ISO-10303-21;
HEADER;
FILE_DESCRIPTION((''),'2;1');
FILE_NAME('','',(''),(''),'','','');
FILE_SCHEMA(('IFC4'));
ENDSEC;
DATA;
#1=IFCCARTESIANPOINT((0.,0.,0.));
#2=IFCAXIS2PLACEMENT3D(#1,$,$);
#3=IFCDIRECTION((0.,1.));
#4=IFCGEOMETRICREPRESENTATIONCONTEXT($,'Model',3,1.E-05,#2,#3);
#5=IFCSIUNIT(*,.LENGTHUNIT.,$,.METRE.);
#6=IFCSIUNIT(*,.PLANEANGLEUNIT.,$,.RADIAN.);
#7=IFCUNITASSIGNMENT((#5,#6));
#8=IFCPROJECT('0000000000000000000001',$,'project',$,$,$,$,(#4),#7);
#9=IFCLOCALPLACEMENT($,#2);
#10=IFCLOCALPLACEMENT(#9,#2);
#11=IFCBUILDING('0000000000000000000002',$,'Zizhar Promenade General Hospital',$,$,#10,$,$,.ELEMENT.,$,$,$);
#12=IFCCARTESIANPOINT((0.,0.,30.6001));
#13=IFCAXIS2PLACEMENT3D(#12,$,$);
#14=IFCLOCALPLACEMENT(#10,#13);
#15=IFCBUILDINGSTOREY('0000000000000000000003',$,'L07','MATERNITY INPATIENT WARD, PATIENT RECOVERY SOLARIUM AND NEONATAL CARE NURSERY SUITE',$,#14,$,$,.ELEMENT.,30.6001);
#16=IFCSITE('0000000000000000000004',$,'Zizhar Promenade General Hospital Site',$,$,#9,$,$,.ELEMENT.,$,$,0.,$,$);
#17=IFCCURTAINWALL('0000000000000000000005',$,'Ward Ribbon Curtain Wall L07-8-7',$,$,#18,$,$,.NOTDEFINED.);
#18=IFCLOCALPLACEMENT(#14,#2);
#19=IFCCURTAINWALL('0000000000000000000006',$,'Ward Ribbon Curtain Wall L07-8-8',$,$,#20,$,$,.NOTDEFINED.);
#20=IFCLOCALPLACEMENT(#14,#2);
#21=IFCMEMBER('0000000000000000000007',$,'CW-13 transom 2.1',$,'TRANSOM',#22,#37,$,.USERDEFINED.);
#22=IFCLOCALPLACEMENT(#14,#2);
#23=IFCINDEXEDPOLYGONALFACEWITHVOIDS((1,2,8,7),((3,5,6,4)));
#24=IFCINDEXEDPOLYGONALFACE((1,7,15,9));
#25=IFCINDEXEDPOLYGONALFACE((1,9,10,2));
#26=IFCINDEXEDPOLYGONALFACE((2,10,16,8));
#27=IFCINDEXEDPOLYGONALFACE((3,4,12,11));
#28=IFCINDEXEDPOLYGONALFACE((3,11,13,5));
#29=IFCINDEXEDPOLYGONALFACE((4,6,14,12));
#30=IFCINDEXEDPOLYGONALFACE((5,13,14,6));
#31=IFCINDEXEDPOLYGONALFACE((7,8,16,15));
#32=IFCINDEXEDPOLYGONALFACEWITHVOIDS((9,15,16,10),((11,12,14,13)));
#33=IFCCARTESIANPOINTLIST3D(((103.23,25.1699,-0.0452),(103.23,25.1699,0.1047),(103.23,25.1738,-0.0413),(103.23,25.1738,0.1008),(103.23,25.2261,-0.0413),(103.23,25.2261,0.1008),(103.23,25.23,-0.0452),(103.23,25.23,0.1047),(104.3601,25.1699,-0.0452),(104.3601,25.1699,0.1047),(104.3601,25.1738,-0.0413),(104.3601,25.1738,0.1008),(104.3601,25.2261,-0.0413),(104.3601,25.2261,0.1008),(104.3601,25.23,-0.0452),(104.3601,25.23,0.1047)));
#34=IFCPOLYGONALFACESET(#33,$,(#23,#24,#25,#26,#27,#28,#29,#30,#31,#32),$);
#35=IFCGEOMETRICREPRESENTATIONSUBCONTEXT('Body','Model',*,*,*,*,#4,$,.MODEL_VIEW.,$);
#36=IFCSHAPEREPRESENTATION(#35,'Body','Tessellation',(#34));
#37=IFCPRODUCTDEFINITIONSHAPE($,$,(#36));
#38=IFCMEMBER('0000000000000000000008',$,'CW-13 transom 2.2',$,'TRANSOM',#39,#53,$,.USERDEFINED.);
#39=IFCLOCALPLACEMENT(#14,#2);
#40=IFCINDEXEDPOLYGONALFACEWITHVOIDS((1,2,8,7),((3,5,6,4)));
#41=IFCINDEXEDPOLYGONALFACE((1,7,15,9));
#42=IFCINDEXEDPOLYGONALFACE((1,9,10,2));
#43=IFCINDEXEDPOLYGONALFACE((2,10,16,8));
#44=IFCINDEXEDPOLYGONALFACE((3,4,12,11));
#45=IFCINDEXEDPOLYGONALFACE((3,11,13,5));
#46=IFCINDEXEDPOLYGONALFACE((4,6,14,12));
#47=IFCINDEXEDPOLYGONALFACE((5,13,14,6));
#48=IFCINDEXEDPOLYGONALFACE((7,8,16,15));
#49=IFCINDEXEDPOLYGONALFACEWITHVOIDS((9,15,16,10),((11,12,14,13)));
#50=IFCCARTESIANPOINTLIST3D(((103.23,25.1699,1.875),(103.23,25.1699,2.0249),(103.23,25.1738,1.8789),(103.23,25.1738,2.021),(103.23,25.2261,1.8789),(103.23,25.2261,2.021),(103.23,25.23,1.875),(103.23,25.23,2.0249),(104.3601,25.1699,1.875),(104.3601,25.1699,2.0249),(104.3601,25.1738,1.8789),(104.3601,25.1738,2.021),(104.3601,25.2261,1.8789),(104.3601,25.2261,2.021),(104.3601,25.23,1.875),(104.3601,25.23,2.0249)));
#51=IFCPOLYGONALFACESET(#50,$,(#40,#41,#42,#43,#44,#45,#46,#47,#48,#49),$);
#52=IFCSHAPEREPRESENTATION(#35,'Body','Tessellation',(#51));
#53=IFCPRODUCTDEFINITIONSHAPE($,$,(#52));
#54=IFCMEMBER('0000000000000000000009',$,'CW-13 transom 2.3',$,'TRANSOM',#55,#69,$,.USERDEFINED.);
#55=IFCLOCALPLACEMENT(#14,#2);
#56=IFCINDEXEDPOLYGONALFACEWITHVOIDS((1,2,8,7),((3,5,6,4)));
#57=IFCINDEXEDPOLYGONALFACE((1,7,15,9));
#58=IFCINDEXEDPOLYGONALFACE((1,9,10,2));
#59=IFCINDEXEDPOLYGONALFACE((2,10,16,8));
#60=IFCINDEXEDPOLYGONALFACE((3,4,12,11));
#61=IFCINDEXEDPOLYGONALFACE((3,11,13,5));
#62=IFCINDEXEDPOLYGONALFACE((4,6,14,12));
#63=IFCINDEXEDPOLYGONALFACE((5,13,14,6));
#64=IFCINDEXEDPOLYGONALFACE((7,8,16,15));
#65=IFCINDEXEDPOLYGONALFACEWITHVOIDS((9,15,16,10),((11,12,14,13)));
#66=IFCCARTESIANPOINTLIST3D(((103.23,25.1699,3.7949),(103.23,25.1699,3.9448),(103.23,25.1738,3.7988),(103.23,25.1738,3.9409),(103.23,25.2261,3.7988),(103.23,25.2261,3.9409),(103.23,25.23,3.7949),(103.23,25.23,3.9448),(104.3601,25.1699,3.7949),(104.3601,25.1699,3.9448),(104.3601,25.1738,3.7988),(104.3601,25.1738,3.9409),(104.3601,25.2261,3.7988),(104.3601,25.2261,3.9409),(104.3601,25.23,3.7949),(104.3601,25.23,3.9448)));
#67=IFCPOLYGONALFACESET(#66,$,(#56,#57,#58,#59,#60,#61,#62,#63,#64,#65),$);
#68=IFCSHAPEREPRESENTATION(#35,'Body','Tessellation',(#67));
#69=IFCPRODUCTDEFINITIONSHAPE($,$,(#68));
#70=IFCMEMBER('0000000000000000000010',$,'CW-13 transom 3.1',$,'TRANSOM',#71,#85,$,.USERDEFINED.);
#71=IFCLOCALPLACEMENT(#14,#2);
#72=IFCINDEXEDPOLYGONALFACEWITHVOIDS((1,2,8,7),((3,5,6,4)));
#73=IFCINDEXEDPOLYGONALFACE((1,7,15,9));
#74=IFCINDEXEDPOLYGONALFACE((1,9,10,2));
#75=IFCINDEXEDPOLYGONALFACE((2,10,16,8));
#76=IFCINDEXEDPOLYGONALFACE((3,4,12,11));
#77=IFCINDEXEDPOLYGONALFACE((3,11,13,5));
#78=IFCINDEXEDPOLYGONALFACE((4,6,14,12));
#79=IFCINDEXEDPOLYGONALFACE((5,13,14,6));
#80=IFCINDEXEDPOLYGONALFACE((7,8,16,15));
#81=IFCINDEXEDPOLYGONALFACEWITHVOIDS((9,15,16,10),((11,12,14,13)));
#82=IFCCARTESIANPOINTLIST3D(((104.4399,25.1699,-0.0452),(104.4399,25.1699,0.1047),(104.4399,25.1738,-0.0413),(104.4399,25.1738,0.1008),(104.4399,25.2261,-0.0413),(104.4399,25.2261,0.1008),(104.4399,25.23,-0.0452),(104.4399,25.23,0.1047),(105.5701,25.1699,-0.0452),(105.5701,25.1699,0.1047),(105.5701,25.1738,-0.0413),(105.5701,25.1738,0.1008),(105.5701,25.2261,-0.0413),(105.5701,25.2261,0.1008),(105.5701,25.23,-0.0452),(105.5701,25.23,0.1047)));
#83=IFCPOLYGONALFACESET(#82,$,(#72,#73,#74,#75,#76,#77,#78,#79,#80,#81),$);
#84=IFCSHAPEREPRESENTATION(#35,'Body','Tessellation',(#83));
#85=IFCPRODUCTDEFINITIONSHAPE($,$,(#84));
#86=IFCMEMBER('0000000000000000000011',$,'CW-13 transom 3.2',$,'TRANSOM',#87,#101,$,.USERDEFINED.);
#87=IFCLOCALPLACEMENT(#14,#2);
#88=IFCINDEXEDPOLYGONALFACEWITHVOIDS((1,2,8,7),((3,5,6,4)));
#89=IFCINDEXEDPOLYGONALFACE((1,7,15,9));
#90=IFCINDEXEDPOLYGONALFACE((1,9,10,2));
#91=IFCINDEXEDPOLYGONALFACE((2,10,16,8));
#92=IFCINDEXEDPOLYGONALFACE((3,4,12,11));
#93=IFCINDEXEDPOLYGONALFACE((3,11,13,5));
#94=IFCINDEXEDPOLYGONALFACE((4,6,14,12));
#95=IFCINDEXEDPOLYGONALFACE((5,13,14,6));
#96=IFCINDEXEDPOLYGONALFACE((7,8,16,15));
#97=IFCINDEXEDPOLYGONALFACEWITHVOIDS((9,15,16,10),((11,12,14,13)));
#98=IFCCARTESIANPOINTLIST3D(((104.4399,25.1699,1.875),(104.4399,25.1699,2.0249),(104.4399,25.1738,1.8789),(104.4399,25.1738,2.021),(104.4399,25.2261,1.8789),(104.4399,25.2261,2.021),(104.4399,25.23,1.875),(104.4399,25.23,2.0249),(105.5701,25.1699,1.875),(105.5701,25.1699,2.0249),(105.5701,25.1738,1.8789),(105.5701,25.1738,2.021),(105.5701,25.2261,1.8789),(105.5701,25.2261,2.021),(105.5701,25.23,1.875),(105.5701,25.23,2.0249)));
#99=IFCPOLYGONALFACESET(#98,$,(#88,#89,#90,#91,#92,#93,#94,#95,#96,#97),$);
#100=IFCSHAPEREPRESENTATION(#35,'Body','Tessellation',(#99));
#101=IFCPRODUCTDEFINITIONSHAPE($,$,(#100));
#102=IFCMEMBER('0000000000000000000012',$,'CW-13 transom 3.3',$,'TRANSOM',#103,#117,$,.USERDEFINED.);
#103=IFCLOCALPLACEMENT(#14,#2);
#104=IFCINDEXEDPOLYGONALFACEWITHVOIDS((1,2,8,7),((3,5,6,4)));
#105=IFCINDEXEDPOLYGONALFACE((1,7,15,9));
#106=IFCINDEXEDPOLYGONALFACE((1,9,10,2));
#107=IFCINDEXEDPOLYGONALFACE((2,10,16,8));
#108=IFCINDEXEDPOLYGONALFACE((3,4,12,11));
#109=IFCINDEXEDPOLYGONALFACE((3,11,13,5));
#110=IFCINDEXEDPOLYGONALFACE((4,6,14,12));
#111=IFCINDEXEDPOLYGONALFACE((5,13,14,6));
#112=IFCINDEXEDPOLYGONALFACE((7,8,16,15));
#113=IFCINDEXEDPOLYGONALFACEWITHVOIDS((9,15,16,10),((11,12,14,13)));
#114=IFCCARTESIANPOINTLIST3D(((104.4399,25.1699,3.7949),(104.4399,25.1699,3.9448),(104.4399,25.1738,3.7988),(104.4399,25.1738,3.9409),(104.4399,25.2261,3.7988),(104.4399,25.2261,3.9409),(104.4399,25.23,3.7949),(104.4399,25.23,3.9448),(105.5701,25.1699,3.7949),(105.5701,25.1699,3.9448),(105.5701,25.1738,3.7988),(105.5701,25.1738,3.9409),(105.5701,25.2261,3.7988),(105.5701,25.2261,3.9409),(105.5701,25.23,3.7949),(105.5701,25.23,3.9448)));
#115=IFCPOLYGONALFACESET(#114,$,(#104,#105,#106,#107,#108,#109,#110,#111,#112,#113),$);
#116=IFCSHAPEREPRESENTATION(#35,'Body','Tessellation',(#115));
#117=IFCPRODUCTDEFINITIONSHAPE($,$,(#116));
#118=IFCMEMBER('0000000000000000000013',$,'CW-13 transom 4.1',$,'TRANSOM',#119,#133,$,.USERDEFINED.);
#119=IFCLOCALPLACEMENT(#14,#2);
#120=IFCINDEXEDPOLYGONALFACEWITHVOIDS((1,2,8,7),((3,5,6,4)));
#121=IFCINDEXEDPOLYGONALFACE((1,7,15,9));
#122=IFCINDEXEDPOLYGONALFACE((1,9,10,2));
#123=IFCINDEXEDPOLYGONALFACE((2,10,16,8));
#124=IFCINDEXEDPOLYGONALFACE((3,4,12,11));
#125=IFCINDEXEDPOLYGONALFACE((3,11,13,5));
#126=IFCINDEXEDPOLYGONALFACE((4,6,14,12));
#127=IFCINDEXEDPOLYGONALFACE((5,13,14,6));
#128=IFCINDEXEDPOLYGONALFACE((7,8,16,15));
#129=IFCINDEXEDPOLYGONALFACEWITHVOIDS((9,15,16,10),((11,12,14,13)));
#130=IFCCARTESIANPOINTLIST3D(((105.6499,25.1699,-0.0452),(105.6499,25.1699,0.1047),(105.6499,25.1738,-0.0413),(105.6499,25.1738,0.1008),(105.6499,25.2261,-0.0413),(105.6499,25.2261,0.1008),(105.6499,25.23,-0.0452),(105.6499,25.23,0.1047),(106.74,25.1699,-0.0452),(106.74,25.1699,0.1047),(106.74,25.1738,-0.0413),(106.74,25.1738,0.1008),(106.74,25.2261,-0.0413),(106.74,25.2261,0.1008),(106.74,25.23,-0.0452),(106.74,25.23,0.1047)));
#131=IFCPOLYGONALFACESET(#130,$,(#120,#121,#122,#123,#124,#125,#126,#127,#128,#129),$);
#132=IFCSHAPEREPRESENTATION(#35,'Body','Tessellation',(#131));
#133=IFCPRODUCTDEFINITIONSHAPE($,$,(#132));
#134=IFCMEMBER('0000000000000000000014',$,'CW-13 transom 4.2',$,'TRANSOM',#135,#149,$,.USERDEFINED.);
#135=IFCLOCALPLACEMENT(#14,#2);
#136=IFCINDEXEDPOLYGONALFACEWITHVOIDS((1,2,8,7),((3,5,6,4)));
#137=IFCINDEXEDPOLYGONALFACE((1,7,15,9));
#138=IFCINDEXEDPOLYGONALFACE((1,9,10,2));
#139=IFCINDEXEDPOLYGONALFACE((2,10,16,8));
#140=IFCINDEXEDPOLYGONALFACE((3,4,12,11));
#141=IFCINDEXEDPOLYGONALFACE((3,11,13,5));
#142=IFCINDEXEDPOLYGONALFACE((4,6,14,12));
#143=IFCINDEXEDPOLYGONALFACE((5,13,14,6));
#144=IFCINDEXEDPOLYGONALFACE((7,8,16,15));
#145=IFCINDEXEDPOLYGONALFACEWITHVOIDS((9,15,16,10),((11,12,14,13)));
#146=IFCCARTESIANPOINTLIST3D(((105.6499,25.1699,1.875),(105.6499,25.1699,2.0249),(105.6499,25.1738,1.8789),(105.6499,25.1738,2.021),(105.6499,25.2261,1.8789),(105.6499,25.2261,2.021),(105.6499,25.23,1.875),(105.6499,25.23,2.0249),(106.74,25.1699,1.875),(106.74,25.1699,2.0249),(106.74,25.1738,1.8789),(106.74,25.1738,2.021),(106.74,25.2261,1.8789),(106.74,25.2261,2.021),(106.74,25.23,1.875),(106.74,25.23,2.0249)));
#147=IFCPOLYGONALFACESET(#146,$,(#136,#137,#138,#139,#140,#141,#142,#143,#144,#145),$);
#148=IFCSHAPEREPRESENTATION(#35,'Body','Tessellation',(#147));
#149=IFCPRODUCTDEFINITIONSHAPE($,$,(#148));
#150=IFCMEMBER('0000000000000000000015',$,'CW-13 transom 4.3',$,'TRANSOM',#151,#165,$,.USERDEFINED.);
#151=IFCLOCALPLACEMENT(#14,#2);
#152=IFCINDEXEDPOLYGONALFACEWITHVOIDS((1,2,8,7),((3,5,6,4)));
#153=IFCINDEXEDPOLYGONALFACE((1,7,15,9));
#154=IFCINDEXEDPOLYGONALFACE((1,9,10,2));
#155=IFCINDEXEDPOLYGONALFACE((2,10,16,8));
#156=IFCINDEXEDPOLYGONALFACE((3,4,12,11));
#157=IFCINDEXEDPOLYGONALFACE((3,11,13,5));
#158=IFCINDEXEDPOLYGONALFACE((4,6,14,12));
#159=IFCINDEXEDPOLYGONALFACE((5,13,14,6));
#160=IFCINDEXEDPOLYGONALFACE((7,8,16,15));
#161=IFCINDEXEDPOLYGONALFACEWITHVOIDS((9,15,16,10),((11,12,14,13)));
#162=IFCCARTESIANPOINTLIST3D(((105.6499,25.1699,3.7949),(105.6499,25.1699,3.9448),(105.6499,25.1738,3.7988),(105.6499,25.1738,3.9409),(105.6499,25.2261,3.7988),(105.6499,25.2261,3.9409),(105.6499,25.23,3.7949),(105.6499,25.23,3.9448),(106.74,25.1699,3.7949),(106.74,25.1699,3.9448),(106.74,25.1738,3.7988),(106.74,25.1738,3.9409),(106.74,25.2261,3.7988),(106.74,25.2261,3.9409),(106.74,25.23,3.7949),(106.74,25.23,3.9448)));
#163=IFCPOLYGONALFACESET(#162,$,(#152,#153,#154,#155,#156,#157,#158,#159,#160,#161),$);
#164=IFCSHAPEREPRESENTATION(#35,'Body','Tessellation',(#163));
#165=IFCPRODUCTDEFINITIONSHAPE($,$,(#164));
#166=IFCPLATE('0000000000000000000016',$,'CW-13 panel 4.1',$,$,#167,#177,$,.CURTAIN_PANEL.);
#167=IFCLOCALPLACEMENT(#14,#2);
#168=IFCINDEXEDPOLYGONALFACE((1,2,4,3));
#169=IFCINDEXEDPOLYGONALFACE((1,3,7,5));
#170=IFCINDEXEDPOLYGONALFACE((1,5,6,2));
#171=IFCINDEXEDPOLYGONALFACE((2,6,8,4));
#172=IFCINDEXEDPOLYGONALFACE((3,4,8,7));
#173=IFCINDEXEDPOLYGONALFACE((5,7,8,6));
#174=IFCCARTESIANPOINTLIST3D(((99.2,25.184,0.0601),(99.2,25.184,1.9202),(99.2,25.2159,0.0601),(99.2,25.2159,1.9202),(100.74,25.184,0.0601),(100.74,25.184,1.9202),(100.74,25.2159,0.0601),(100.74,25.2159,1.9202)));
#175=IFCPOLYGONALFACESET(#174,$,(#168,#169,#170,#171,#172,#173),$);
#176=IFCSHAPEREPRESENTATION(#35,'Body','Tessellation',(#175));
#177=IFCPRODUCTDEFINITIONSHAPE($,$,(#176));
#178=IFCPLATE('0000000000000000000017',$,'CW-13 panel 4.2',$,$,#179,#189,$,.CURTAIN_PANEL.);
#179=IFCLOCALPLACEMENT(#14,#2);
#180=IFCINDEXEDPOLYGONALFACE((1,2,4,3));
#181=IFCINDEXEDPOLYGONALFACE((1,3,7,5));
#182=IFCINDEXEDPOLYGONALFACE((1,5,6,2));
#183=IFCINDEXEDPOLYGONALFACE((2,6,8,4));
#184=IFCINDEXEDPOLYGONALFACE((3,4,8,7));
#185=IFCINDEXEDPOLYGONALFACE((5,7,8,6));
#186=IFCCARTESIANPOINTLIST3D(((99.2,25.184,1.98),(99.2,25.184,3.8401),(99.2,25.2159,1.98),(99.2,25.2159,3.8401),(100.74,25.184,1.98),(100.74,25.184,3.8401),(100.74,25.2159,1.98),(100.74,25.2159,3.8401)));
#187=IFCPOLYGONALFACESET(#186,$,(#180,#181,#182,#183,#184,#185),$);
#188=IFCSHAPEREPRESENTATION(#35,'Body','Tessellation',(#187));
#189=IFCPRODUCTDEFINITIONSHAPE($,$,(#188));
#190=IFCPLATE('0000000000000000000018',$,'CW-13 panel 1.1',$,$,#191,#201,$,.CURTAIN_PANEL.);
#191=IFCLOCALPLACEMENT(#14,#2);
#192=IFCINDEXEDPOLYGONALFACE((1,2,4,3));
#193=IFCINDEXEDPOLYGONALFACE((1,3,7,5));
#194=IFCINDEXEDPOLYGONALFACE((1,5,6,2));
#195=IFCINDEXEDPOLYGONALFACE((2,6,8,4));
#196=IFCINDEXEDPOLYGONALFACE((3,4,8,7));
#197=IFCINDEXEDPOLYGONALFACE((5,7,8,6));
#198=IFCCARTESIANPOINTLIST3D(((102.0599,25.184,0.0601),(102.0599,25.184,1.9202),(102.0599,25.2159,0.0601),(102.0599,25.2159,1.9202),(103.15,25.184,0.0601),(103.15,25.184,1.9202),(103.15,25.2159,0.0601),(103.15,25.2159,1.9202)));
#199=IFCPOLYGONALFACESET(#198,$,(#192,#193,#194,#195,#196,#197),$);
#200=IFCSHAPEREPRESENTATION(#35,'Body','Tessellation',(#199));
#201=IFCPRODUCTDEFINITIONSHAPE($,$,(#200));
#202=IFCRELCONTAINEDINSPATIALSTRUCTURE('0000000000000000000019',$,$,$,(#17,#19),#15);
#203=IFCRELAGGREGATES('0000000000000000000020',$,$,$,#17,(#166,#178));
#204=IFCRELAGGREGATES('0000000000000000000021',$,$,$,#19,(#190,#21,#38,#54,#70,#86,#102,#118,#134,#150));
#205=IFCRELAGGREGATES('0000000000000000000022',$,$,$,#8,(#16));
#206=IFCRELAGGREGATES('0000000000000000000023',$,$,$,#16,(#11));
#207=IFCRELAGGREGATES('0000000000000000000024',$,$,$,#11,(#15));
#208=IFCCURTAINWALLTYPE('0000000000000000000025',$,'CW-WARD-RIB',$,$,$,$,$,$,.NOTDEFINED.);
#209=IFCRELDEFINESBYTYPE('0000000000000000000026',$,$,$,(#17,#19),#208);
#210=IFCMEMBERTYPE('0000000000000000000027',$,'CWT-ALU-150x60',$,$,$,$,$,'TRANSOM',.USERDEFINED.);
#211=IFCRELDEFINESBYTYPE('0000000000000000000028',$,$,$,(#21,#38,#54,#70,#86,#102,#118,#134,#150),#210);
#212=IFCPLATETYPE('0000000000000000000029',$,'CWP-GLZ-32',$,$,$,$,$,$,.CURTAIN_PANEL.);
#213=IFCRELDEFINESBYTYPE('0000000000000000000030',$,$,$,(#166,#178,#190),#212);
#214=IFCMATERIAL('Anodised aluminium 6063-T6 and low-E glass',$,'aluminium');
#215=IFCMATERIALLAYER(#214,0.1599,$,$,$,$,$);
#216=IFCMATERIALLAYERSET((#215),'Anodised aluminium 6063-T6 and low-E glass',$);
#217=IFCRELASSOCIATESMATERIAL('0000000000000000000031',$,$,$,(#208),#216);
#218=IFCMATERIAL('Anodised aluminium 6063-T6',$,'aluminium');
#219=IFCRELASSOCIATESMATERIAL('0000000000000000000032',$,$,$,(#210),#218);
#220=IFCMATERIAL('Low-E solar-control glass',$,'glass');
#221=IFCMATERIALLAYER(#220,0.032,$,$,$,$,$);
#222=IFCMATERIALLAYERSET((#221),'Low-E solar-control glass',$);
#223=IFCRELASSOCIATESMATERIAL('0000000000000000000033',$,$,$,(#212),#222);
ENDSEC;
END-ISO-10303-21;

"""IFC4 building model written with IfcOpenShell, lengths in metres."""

from ifc_helpers import new_model, si_unit, direction, frame, origin, origin_2d, place, context, subcontext, project, spatial, rectangle, hollow_rectangle, extrude, material, layer, layer_set, material_profile, profile_set, type_object, element, aggregate, save


model = new_model("IFC4")

# Units and contexts
model_context = context("Model", 3, precision=1e-05, world=origin(), true_north=direction((0.0, 1.0)))
body_context = subcontext(model_context, "Body", "Model", "MODEL_VIEW")
ifc_project = project(units=[si_unit("LENGTHUNIT", "METRE"), si_unit("PLANEANGLEUNIT", "RADIAN")], contexts=[model_context])

# Site, building, storey
site_placement = place(None, origin())
site = spatial("IfcSite", under=ifc_project, at=site_placement, Name="Zizhar Promenade General Hospital Site", CompositionType="ELEMENT", RefElevation=0.0)
building_placement = place(site_placement, origin())
building = spatial("IfcBuilding", under=site, at=building_placement, Name="Zizhar Promenade General Hospital", CompositionType="ELEMENT")
storey_placement = place(building_placement, frame((0.0, 0.0, 30.6001)))
storey = spatial("IfcBuildingStorey", under=building, at=storey_placement, Name="L07", Description="MATERNITY INPATIENT WARD, PATIENT RECOVERY SOLARIUM AND NEONATAL CARE NURSERY SUITE", CompositionType="ELEMENT", Elevation=30.6001)

# Curtain wall
ifc_material_1 = material(Name="Anodised aluminium 6063-T6 and low-E glass", Category="aluminium")
ifc_layer_1 = layer(ifc_material_1, 0.1599)
ifc_layer_set_1 = layer_set([ifc_layer_1], Name="Anodised aluminium 6063-T6 and low-E glass")
curtain_wall_type = type_object("IfcCurtainWallType", Name="CW-WARD-RIB", PredefinedType="NOTDEFINED", material=ifc_layer_set_1)
curtain_wall_1_placement = place(storey_placement, origin())
curtain_wall_1 = element("IfcCurtainWall", 1, at=curtain_wall_1_placement, inside=storey, type_object=curtain_wall_type, Name="Ward Ribbon Curtain Wall L07-8-7", PredefinedType="NOTDEFINED")

# Curtain wall
curtain_wall_2_placement = place(storey_placement, origin())
curtain_wall_2 = element("IfcCurtainWall", 2, at=curtain_wall_2_placement, inside=storey, type_object=curtain_wall_type, Name="Ward Ribbon Curtain Wall L07-8-8", PredefinedType="NOTDEFINED")

# Members
ifc_material_2 = material(Name="Anodised aluminium 6063-T6", Category="aluminium")
ifc_material_profile_1 = material_profile(ifc_material_2, hollow_rectangle(XDim=0.0601, YDim=0.1499, WallThickness=0.0039, at=origin_2d()))
ifc_profile_set_1 = profile_set([ifc_material_profile_1], Name="Anodised aluminium 6063-T6")
member_type_1 = type_object("IfcMemberType", Name="CWT-ALU-150x60", ElementType="TRANSOM", PredefinedType="USERDEFINED", material=ifc_profile_set_1)
member_1_placement = place(storey_placement, frame((103.23, 25.2, 0.0298), z_axis=(1.0, 0.0, 0.0), x_axis=(0.0, 1.0, 0.0)))
member_1 = element("IfcMember", 3, at=member_1_placement, type_object=member_type_1, Name="CW-13 transom 2.1", ObjectType="TRANSOM", PredefinedType="USERDEFINED", context=body_context, shape_type="SweptSolid", body=[
    extrude(hollow_rectangle(XDim=0.0601, YDim=0.1499, WallThickness=0.0039, at=origin_2d()), origin(), (0.0, 0.0, 1.0), 1.1301),
])
member_2_placement = place(storey_placement, frame((103.23, 25.2, 1.95), z_axis=(1.0, 0.0, 0.0), x_axis=(0.0, 1.0, 0.0)))
member_2 = element("IfcMember", 4, at=member_2_placement, type_object=member_type_1, Name="CW-13 transom 2.2", ObjectType="TRANSOM", PredefinedType="USERDEFINED", context=body_context, shape_type="SweptSolid", body=[
    extrude(hollow_rectangle(XDim=0.0601, YDim=0.1499, WallThickness=0.0039, at=origin_2d()), origin(), (0.0, 0.0, 1.0), 1.1301),
])
member_3_placement = place(storey_placement, frame((103.23, 25.2, 3.8699), z_axis=(1.0, 0.0, 0.0), x_axis=(0.0, 1.0, 0.0)))
member_3 = element("IfcMember", 5, at=member_3_placement, type_object=member_type_1, Name="CW-13 transom 2.3", ObjectType="TRANSOM", PredefinedType="USERDEFINED", context=body_context, shape_type="SweptSolid", body=[
    extrude(hollow_rectangle(XDim=0.0601, YDim=0.1499, WallThickness=0.0039, at=origin_2d()), origin(), (0.0, 0.0, 1.0), 1.1301),
])
member_4_placement = place(storey_placement, frame((104.4399, 25.2, 0.0298), z_axis=(1.0, 0.0, 0.0), x_axis=(0.0, 1.0, 0.0)))
member_4 = element("IfcMember", 6, at=member_4_placement, type_object=member_type_1, Name="CW-13 transom 3.1", ObjectType="TRANSOM", PredefinedType="USERDEFINED", context=body_context, shape_type="SweptSolid", body=[
    extrude(hollow_rectangle(XDim=0.0601, YDim=0.1499, WallThickness=0.0039, at=origin_2d()), origin(), (0.0, 0.0, 1.0), 1.1301),
])
member_5_placement = place(storey_placement, frame((104.4399, 25.2, 1.95), z_axis=(1.0, 0.0, 0.0), x_axis=(0.0, 1.0, 0.0)))
member_5 = element("IfcMember", 7, at=member_5_placement, type_object=member_type_1, Name="CW-13 transom 3.2", ObjectType="TRANSOM", PredefinedType="USERDEFINED", context=body_context, shape_type="SweptSolid", body=[
    extrude(hollow_rectangle(XDim=0.0601, YDim=0.1499, WallThickness=0.0039, at=origin_2d()), origin(), (0.0, 0.0, 1.0), 1.1301),
])
member_6_placement = place(storey_placement, frame((104.4399, 25.2, 3.8699), z_axis=(1.0, 0.0, 0.0), x_axis=(0.0, 1.0, 0.0)))
member_6 = element("IfcMember", 8, at=member_6_placement, type_object=member_type_1, Name="CW-13 transom 3.3", ObjectType="TRANSOM", PredefinedType="USERDEFINED", context=body_context, shape_type="SweptSolid", body=[
    extrude(hollow_rectangle(XDim=0.0601, YDim=0.1499, WallThickness=0.0039, at=origin_2d()), origin(), (0.0, 0.0, 1.0), 1.1301),
])
member_7_placement = place(storey_placement, frame((105.6499, 25.2, 0.0298), z_axis=(1.0, 0.0, 0.0), x_axis=(0.0, 1.0, 0.0)))
member_7 = element("IfcMember", 9, at=member_7_placement, type_object=member_type_1, Name="CW-13 transom 4.1", ObjectType="TRANSOM", PredefinedType="USERDEFINED", context=body_context, shape_type="SweptSolid", body=[
    extrude(hollow_rectangle(XDim=0.0601, YDim=0.1499, WallThickness=0.0039, at=origin_2d()), origin(), (0.0, 0.0, 1.0), 1.0901),
])
member_8_placement = place(storey_placement, frame((105.6499, 25.2, 1.95), z_axis=(1.0, 0.0, 0.0), x_axis=(0.0, 1.0, 0.0)))
member_8 = element("IfcMember", 10, at=member_8_placement, type_object=member_type_1, Name="CW-13 transom 4.2", ObjectType="TRANSOM", PredefinedType="USERDEFINED", context=body_context, shape_type="SweptSolid", body=[
    extrude(hollow_rectangle(XDim=0.0601, YDim=0.1499, WallThickness=0.0039, at=origin_2d()), origin(), (0.0, 0.0, 1.0), 1.0901),
])
member_9_placement = place(storey_placement, frame((105.6499, 25.2, 3.8699), z_axis=(1.0, 0.0, 0.0), x_axis=(0.0, 1.0, 0.0)))
member_9 = element("IfcMember", 11, at=member_9_placement, type_object=member_type_1, Name="CW-13 transom 4.3", ObjectType="TRANSOM", PredefinedType="USERDEFINED", context=body_context, shape_type="SweptSolid", body=[
    extrude(hollow_rectangle(XDim=0.0601, YDim=0.1499, WallThickness=0.0039, at=origin_2d()), origin(), (0.0, 0.0, 1.0), 1.0901),
])

# Plates
ifc_material_3 = material(Name="Low-E solar-control glass", Category="glass")
ifc_layer_2 = layer(ifc_material_3, 0.032)
ifc_layer_set_2 = layer_set([ifc_layer_2], Name="Low-E solar-control glass")
plate_type = type_object("IfcPlateType", Name="CWP-GLZ-32", PredefinedType="CURTAIN_PANEL", material=ifc_layer_set_2)
plate_1_placement = place(storey_placement, frame((99.97, 25.2, 0.0601), z_axis=(0.0, 0.0, 1.0), x_axis=(1.0, 0.0, 0.0)))
plate_1 = element("IfcPlate", 12, at=plate_1_placement, type_object=plate_type, Name="CW-13 panel 4.1", PredefinedType="CURTAIN_PANEL", context=body_context, shape_type="SweptSolid", body=[
    extrude(rectangle(XDim=1.54, YDim=0.032, at=origin_2d()), origin(), (0.0, 0.0, 1.0), 1.8601),
])
plate_2_placement = place(storey_placement, frame((99.97, 25.2, 1.98), z_axis=(0.0, 0.0, 1.0), x_axis=(1.0, 0.0, 0.0)))
plate_2 = element("IfcPlate", 13, at=plate_2_placement, type_object=plate_type, Name="CW-13 panel 4.2", PredefinedType="CURTAIN_PANEL", context=body_context, shape_type="SweptSolid", body=[
    extrude(rectangle(XDim=1.54, YDim=0.032, at=origin_2d()), origin(), (0.0, 0.0, 1.0), 1.8601),
])
aggregate(curtain_wall_1, [plate_1, plate_2])
plate_3_placement = place(storey_placement, frame((102.605, 25.2, 0.0601), z_axis=(0.0, 0.0, 1.0), x_axis=(1.0, 0.0, 0.0)))
plate_3 = element("IfcPlate", 14, at=plate_3_placement, type_object=plate_type, Name="CW-13 panel 1.1", PredefinedType="CURTAIN_PANEL", context=body_context, shape_type="SweptSolid", body=[
    extrude(rectangle(XDim=1.0901, YDim=0.032, at=origin_2d()), origin(), (0.0, 0.0, 1.0), 1.8601),
])
aggregate(curtain_wall_2, [plate_3, member_1, member_2, member_3, member_4, member_5, member_6, member_7, member_8, member_9])

save(model, "model.ifc")
